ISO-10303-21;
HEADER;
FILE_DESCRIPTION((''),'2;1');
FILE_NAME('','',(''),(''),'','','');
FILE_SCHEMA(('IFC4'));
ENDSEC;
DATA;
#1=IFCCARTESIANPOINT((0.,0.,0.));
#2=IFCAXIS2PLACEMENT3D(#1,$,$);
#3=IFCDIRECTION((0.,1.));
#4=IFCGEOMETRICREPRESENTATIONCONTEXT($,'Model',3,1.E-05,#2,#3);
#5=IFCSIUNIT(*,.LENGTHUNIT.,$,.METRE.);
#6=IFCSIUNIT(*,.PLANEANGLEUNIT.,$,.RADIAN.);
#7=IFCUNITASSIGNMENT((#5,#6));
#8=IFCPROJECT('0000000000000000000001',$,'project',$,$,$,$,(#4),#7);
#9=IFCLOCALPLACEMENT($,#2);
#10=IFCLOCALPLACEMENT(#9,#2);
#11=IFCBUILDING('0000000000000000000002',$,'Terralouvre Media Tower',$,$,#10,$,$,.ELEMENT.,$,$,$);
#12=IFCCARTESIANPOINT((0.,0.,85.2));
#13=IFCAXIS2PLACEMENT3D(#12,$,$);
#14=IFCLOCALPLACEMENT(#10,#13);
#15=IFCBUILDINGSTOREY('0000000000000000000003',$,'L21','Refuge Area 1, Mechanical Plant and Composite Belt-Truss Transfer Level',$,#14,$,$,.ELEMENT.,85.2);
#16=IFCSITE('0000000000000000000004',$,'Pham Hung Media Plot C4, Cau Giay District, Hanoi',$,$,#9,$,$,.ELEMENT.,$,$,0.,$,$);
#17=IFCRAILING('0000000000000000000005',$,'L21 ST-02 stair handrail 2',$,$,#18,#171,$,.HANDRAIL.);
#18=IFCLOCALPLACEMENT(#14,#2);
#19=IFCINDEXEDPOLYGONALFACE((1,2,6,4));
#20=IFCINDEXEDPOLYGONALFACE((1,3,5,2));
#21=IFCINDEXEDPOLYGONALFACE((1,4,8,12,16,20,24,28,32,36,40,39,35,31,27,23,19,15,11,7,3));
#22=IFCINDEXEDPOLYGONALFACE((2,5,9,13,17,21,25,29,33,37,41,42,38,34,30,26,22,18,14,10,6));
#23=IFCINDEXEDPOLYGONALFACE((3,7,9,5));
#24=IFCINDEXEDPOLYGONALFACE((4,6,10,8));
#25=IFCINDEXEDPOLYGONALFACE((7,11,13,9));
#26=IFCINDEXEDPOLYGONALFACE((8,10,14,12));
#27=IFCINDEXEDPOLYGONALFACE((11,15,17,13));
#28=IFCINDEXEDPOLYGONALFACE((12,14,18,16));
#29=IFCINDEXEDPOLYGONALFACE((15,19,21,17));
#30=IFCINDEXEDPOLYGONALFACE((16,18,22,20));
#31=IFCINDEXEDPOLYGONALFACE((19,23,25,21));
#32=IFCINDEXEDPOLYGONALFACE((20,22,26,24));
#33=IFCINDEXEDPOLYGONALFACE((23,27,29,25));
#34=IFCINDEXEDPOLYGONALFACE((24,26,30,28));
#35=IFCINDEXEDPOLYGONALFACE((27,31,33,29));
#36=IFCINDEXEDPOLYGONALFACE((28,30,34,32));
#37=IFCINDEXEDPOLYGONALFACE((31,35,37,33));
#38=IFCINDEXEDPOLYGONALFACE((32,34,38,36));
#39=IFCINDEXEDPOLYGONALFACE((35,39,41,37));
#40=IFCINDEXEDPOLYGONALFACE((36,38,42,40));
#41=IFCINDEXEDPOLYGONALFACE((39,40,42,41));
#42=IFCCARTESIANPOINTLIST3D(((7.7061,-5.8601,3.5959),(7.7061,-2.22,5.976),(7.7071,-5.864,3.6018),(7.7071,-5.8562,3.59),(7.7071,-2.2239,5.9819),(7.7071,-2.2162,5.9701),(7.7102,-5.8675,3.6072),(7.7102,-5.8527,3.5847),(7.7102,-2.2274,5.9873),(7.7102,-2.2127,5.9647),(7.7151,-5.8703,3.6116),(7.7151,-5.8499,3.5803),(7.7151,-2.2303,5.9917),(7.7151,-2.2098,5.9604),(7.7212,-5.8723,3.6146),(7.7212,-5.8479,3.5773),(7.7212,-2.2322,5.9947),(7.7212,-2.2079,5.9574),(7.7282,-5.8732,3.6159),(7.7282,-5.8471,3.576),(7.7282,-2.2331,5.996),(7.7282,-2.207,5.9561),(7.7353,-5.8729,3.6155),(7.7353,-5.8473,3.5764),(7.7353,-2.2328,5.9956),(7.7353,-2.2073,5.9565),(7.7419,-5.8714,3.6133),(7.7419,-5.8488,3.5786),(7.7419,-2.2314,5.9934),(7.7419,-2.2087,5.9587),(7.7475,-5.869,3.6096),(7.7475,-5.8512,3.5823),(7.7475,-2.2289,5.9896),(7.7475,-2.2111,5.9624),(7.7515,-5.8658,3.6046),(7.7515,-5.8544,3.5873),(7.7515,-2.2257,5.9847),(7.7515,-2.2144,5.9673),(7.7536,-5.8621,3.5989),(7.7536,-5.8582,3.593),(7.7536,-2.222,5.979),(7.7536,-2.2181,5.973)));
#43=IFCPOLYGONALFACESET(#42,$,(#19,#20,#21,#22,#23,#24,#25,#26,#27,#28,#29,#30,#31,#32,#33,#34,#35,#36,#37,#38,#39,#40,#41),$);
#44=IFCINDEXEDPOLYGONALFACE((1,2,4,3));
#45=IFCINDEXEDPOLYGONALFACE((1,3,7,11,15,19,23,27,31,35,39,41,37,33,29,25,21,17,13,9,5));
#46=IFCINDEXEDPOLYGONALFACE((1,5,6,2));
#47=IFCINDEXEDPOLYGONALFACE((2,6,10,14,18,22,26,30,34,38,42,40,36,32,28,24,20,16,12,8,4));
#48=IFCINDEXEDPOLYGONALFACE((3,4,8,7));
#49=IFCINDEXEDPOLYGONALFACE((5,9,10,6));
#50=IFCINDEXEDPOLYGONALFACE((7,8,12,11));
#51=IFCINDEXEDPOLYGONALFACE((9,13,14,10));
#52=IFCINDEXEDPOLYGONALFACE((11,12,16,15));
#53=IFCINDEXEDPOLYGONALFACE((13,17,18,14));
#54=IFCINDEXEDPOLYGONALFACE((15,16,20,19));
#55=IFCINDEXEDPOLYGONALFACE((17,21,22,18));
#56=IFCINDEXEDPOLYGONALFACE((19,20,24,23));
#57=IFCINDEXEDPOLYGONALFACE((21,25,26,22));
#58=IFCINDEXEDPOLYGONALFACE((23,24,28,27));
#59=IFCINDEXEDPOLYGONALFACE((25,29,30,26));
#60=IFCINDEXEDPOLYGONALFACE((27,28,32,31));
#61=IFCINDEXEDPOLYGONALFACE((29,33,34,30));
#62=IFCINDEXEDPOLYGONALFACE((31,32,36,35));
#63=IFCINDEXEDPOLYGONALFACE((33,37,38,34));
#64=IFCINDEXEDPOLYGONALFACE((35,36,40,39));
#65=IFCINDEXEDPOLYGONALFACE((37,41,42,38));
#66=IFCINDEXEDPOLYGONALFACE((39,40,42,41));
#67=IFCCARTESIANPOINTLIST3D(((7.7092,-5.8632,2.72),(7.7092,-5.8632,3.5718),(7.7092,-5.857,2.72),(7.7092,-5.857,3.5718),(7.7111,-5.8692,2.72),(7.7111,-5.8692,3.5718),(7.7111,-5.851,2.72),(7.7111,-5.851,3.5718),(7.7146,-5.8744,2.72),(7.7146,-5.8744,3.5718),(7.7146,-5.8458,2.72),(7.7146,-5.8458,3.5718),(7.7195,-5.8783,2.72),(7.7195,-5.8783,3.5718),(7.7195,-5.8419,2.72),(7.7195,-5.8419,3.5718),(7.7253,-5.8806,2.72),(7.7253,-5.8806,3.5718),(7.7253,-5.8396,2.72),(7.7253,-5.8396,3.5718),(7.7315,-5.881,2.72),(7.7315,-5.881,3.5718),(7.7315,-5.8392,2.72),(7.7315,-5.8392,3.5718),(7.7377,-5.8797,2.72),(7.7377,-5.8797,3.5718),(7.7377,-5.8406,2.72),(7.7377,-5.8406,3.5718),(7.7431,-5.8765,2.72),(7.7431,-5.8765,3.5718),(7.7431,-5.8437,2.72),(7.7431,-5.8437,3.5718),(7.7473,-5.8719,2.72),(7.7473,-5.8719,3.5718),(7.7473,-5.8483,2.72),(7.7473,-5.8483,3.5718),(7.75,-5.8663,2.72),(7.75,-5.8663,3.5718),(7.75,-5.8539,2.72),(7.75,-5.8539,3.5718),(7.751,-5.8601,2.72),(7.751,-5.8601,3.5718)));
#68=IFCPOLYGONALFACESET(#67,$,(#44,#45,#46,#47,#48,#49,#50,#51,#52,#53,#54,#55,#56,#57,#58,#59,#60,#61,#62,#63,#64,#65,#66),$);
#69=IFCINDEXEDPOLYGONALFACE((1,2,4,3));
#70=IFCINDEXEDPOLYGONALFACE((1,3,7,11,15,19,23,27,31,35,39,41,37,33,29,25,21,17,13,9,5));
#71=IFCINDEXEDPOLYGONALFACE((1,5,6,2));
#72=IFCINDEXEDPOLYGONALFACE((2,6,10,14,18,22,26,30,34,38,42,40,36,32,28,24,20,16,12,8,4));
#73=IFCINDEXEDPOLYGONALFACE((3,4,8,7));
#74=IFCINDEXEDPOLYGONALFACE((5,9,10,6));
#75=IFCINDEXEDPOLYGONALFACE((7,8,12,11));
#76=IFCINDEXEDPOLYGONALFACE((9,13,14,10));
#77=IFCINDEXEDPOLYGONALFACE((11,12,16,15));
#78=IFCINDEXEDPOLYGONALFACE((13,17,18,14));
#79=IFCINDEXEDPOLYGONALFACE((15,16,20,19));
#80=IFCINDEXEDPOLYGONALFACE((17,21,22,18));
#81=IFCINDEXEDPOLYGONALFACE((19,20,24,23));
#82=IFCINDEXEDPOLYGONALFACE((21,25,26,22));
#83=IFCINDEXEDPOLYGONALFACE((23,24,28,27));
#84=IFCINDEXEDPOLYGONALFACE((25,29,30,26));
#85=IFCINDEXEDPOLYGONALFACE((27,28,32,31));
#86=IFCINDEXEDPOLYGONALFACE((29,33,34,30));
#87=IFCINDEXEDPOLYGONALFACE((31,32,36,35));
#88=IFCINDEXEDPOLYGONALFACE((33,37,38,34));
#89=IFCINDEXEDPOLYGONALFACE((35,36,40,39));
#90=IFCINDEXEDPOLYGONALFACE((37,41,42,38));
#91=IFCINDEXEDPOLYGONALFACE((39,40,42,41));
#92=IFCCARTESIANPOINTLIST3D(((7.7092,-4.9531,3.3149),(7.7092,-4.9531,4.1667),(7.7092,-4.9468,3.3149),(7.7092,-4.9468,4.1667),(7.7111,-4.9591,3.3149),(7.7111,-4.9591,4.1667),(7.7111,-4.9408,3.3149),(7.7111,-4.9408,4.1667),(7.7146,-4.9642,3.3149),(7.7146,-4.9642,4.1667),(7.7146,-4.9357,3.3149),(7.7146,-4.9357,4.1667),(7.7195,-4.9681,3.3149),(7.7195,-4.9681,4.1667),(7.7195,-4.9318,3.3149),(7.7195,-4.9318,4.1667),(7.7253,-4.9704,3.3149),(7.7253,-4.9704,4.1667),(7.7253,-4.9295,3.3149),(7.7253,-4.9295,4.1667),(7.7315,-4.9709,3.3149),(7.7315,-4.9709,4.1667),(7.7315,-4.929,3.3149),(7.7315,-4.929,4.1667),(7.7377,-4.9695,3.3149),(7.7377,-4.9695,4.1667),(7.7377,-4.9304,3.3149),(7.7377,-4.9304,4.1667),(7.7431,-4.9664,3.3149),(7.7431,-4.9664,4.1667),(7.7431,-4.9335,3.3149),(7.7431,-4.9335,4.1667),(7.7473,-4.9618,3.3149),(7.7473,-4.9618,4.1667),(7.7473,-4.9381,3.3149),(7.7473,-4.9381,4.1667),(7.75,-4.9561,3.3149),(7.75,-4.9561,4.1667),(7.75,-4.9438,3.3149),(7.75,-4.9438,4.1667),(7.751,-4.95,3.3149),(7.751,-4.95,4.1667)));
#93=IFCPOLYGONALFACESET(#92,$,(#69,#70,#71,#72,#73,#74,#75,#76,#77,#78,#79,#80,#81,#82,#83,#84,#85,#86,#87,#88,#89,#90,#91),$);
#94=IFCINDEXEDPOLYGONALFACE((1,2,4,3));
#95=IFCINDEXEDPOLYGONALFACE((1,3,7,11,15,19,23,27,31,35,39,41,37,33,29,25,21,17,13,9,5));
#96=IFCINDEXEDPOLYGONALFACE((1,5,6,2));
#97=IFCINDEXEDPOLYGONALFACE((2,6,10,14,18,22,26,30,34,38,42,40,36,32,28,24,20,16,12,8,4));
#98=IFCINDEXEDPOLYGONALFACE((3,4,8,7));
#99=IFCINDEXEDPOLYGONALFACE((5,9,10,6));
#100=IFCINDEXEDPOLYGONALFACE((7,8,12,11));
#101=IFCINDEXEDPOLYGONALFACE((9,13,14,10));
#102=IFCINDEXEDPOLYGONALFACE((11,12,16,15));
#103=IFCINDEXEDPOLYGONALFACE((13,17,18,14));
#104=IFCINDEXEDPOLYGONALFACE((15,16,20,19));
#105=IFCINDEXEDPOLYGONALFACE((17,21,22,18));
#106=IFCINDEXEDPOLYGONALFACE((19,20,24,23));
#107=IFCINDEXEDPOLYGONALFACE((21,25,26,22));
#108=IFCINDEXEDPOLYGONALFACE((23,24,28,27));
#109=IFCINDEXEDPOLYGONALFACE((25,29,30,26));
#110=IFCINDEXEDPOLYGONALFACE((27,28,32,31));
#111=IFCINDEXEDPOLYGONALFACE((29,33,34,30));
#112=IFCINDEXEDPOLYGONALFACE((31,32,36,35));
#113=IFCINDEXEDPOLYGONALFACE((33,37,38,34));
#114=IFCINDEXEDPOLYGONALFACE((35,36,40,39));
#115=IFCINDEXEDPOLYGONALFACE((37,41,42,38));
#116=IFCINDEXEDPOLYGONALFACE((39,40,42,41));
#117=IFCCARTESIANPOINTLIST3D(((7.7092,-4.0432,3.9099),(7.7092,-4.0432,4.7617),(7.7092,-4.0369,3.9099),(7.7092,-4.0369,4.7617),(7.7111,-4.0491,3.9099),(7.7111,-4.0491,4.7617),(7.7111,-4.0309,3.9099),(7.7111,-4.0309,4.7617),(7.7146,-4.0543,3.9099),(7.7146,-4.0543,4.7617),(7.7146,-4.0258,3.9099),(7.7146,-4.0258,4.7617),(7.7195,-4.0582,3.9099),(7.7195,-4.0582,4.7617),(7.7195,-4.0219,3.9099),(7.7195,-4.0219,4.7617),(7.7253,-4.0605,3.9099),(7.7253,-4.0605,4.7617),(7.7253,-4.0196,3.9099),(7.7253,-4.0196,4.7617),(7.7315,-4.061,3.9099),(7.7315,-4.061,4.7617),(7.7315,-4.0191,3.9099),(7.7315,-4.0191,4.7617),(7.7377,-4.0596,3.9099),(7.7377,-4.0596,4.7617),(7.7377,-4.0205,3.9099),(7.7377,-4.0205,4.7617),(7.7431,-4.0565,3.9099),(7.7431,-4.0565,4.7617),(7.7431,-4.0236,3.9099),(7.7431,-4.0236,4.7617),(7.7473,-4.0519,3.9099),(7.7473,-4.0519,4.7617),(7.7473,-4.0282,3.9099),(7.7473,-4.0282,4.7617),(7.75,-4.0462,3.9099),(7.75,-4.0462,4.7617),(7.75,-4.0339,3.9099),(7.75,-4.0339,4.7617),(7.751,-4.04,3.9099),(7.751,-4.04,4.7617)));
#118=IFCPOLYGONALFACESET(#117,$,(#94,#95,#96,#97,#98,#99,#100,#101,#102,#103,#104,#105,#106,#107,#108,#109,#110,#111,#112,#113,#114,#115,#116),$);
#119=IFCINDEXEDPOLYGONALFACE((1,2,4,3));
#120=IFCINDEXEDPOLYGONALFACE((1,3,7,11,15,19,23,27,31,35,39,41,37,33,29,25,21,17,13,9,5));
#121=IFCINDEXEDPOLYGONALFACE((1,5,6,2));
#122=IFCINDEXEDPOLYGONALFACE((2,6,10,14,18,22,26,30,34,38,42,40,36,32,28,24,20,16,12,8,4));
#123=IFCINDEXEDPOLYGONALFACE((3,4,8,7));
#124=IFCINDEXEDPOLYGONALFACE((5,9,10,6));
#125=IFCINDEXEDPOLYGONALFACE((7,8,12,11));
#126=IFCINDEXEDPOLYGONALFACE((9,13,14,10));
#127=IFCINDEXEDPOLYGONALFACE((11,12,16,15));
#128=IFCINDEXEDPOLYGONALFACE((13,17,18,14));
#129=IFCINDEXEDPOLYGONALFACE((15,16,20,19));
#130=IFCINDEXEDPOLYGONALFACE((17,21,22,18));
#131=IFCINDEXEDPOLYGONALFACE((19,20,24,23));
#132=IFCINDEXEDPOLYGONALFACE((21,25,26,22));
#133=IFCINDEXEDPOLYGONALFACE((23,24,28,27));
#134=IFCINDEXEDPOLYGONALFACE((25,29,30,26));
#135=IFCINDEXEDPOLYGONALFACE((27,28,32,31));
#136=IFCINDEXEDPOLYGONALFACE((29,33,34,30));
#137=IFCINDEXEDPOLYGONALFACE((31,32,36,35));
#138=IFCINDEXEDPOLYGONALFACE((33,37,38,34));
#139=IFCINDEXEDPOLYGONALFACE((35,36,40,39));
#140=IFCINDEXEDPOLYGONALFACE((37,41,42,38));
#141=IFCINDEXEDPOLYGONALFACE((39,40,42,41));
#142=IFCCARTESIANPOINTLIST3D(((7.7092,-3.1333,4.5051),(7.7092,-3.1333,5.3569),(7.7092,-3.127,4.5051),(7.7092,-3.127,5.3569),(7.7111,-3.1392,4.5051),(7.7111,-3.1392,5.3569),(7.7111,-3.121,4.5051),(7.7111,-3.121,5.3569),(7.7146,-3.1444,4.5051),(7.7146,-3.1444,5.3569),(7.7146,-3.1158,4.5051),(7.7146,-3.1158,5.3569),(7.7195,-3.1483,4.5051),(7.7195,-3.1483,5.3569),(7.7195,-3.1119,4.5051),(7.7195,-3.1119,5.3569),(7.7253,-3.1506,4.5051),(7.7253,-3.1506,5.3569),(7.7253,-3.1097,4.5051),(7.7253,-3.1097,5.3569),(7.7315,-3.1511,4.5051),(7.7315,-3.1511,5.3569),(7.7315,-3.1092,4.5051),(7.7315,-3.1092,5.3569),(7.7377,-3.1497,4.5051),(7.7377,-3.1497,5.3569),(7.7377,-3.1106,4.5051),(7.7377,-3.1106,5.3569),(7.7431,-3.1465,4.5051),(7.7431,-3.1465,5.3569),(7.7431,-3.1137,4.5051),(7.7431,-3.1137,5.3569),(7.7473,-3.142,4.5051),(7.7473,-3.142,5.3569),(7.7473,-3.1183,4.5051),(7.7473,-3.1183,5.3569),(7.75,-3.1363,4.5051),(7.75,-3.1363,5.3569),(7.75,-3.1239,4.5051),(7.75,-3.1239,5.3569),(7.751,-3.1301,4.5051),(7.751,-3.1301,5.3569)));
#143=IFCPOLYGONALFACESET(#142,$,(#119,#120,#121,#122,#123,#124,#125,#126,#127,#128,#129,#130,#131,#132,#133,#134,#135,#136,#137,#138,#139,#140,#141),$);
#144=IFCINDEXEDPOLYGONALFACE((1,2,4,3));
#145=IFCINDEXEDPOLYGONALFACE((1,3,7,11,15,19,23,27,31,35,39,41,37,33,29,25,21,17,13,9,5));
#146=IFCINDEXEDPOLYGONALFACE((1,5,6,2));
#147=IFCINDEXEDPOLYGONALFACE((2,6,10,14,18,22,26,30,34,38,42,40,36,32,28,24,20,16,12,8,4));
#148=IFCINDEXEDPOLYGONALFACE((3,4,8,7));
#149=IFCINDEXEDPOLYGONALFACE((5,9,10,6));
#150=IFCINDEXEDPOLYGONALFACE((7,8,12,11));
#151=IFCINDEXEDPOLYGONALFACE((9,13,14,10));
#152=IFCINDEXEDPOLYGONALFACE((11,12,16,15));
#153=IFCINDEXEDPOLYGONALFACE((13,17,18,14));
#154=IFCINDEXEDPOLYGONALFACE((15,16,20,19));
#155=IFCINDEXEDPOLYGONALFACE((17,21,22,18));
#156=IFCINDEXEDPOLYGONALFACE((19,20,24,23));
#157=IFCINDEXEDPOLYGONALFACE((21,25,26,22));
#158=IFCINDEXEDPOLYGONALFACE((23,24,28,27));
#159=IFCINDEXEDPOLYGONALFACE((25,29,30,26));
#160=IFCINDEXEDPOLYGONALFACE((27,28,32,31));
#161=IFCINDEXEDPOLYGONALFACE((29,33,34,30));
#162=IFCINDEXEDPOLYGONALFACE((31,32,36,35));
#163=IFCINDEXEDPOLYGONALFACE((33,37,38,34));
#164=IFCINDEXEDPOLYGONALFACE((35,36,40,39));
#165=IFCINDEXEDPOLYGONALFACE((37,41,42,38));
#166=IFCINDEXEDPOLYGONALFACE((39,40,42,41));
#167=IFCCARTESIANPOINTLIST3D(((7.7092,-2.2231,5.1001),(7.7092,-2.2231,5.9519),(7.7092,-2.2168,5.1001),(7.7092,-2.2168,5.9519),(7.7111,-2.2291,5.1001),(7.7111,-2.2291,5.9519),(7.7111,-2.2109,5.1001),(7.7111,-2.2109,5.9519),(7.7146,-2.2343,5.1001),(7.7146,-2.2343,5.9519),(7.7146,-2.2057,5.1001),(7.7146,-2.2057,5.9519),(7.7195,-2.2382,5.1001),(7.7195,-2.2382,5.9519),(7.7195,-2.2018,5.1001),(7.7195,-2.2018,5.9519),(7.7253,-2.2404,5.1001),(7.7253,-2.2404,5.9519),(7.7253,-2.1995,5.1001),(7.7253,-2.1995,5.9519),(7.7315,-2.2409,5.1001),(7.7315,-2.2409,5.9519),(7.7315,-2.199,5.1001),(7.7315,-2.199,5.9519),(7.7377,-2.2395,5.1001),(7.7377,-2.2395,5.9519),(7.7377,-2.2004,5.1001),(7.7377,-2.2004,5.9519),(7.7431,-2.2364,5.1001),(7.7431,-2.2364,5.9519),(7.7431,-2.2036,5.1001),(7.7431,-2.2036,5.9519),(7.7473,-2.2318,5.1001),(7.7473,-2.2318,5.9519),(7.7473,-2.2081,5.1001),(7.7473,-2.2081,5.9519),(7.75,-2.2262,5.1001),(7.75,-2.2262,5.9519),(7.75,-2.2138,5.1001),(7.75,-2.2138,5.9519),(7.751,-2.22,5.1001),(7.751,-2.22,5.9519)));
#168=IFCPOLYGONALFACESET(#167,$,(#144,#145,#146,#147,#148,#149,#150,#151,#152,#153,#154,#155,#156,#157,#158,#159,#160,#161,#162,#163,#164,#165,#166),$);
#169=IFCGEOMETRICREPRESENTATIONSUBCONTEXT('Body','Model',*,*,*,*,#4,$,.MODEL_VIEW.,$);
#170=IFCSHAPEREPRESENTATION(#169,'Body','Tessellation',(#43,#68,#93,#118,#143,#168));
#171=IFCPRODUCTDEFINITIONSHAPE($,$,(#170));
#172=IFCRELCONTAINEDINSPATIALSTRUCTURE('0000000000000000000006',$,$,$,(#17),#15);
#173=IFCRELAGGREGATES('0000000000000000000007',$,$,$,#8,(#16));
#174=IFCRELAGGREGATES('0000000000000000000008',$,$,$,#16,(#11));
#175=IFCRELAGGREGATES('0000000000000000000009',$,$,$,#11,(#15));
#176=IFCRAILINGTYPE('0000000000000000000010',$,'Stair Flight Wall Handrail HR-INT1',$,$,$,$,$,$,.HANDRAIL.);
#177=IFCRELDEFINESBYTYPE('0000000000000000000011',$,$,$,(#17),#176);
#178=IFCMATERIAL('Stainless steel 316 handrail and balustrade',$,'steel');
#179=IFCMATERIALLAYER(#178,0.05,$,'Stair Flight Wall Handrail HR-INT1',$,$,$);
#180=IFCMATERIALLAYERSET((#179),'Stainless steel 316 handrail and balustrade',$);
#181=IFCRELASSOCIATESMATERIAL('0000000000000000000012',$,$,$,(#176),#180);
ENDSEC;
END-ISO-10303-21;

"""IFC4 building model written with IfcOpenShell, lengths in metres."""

from ifc_helpers import new_model, si_unit, direction, frame, origin, origin_2d, place, context, subcontext, project, spatial, circle, extrude, material, layer, layer_set, type_object, element, save


model = new_model("IFC4")

# Units and contexts
model_context = context("Model", 3, precision=1e-05, world=origin(), true_north=direction((0.0, 1.0)))
body_context = subcontext(model_context, "Body", "Model", "MODEL_VIEW")
ifc_project = project(units=[si_unit("LENGTHUNIT", "METRE"), si_unit("PLANEANGLEUNIT", "RADIAN")], contexts=[model_context])

# Site, building, storey
site_placement = place(None, origin())
site = spatial("IfcSite", under=ifc_project, at=site_placement, Name="Pham Hung Media Plot C4, Cau Giay District, Hanoi", CompositionType="ELEMENT", RefElevation=0.0)
building_placement = place(site_placement, origin())
building = spatial("IfcBuilding", under=site, at=building_placement, Name="Terralouvre Media Tower", CompositionType="ELEMENT")
storey_placement = place(building_placement, frame((0.0, 0.0, 85.2)))
storey = spatial("IfcBuildingStorey", under=building, at=storey_placement, Name="L21", Description="Refuge Area 1, Mechanical Plant and Composite Belt-Truss Transfer Level", CompositionType="ELEMENT", Elevation=85.2)

# Railing
ifc_material_1 = material(Name="Stainless steel 316 handrail and balustrade", Category="steel")
ifc_layer_1 = layer(ifc_material_1, 0.05, Name="Stair Flight Wall Handrail HR-INT1")
ifc_layer_set_1 = layer_set([ifc_layer_1], Name="Stainless steel 316 handrail and balustrade")
railing_type_1 = type_object("IfcRailingType", Name="Stair Flight Wall Handrail HR-INT1", PredefinedType="HANDRAIL", material=ifc_layer_set_1)
railing_1_placement = place(storey_placement, frame((7.73, -5.8601, 2.72)))
element("IfcRailing", 1, at=railing_1_placement, inside=storey, type_object=railing_type_1, Name="L21 ST-02 stair handrail 2", PredefinedType="HANDRAIL", context=body_context, shape_type="SweptSolid", body=[
    extrude(circle(Radius=0.0239, at=origin_2d()), frame((0.0, 0.0, 0.876), z_axis=(0.0, 0.836966, 0.547255), x_axis=(-1.0, 0.0, 0.0)), (0.0, 0.0, 1.0), 4.3491),
    extrude(circle(Radius=0.021, at=origin_2d()), origin(), (0.0, 0.0, 1.0), 0.8518),
    extrude(circle(Radius=0.021, at=origin_2d()), frame((0.0, 0.9102, 0.595)), (0.0, 0.0, 1.0), 0.8518),
    extrude(circle(Radius=0.021, at=origin_2d()), frame((0.0, 1.8201, 1.1899)), (0.0, 0.0, 1.0), 0.8518),
    extrude(circle(Radius=0.021, at=origin_2d()), frame((0.0, 2.73, 1.7852)), (0.0, 0.0, 1.0), 0.8518),
    extrude(circle(Radius=0.021, at=origin_2d()), frame((0.0, 3.6401, 2.3801)), (0.0, 0.0, 1.0), 0.8518),
])

save(model, "model.ifc")
